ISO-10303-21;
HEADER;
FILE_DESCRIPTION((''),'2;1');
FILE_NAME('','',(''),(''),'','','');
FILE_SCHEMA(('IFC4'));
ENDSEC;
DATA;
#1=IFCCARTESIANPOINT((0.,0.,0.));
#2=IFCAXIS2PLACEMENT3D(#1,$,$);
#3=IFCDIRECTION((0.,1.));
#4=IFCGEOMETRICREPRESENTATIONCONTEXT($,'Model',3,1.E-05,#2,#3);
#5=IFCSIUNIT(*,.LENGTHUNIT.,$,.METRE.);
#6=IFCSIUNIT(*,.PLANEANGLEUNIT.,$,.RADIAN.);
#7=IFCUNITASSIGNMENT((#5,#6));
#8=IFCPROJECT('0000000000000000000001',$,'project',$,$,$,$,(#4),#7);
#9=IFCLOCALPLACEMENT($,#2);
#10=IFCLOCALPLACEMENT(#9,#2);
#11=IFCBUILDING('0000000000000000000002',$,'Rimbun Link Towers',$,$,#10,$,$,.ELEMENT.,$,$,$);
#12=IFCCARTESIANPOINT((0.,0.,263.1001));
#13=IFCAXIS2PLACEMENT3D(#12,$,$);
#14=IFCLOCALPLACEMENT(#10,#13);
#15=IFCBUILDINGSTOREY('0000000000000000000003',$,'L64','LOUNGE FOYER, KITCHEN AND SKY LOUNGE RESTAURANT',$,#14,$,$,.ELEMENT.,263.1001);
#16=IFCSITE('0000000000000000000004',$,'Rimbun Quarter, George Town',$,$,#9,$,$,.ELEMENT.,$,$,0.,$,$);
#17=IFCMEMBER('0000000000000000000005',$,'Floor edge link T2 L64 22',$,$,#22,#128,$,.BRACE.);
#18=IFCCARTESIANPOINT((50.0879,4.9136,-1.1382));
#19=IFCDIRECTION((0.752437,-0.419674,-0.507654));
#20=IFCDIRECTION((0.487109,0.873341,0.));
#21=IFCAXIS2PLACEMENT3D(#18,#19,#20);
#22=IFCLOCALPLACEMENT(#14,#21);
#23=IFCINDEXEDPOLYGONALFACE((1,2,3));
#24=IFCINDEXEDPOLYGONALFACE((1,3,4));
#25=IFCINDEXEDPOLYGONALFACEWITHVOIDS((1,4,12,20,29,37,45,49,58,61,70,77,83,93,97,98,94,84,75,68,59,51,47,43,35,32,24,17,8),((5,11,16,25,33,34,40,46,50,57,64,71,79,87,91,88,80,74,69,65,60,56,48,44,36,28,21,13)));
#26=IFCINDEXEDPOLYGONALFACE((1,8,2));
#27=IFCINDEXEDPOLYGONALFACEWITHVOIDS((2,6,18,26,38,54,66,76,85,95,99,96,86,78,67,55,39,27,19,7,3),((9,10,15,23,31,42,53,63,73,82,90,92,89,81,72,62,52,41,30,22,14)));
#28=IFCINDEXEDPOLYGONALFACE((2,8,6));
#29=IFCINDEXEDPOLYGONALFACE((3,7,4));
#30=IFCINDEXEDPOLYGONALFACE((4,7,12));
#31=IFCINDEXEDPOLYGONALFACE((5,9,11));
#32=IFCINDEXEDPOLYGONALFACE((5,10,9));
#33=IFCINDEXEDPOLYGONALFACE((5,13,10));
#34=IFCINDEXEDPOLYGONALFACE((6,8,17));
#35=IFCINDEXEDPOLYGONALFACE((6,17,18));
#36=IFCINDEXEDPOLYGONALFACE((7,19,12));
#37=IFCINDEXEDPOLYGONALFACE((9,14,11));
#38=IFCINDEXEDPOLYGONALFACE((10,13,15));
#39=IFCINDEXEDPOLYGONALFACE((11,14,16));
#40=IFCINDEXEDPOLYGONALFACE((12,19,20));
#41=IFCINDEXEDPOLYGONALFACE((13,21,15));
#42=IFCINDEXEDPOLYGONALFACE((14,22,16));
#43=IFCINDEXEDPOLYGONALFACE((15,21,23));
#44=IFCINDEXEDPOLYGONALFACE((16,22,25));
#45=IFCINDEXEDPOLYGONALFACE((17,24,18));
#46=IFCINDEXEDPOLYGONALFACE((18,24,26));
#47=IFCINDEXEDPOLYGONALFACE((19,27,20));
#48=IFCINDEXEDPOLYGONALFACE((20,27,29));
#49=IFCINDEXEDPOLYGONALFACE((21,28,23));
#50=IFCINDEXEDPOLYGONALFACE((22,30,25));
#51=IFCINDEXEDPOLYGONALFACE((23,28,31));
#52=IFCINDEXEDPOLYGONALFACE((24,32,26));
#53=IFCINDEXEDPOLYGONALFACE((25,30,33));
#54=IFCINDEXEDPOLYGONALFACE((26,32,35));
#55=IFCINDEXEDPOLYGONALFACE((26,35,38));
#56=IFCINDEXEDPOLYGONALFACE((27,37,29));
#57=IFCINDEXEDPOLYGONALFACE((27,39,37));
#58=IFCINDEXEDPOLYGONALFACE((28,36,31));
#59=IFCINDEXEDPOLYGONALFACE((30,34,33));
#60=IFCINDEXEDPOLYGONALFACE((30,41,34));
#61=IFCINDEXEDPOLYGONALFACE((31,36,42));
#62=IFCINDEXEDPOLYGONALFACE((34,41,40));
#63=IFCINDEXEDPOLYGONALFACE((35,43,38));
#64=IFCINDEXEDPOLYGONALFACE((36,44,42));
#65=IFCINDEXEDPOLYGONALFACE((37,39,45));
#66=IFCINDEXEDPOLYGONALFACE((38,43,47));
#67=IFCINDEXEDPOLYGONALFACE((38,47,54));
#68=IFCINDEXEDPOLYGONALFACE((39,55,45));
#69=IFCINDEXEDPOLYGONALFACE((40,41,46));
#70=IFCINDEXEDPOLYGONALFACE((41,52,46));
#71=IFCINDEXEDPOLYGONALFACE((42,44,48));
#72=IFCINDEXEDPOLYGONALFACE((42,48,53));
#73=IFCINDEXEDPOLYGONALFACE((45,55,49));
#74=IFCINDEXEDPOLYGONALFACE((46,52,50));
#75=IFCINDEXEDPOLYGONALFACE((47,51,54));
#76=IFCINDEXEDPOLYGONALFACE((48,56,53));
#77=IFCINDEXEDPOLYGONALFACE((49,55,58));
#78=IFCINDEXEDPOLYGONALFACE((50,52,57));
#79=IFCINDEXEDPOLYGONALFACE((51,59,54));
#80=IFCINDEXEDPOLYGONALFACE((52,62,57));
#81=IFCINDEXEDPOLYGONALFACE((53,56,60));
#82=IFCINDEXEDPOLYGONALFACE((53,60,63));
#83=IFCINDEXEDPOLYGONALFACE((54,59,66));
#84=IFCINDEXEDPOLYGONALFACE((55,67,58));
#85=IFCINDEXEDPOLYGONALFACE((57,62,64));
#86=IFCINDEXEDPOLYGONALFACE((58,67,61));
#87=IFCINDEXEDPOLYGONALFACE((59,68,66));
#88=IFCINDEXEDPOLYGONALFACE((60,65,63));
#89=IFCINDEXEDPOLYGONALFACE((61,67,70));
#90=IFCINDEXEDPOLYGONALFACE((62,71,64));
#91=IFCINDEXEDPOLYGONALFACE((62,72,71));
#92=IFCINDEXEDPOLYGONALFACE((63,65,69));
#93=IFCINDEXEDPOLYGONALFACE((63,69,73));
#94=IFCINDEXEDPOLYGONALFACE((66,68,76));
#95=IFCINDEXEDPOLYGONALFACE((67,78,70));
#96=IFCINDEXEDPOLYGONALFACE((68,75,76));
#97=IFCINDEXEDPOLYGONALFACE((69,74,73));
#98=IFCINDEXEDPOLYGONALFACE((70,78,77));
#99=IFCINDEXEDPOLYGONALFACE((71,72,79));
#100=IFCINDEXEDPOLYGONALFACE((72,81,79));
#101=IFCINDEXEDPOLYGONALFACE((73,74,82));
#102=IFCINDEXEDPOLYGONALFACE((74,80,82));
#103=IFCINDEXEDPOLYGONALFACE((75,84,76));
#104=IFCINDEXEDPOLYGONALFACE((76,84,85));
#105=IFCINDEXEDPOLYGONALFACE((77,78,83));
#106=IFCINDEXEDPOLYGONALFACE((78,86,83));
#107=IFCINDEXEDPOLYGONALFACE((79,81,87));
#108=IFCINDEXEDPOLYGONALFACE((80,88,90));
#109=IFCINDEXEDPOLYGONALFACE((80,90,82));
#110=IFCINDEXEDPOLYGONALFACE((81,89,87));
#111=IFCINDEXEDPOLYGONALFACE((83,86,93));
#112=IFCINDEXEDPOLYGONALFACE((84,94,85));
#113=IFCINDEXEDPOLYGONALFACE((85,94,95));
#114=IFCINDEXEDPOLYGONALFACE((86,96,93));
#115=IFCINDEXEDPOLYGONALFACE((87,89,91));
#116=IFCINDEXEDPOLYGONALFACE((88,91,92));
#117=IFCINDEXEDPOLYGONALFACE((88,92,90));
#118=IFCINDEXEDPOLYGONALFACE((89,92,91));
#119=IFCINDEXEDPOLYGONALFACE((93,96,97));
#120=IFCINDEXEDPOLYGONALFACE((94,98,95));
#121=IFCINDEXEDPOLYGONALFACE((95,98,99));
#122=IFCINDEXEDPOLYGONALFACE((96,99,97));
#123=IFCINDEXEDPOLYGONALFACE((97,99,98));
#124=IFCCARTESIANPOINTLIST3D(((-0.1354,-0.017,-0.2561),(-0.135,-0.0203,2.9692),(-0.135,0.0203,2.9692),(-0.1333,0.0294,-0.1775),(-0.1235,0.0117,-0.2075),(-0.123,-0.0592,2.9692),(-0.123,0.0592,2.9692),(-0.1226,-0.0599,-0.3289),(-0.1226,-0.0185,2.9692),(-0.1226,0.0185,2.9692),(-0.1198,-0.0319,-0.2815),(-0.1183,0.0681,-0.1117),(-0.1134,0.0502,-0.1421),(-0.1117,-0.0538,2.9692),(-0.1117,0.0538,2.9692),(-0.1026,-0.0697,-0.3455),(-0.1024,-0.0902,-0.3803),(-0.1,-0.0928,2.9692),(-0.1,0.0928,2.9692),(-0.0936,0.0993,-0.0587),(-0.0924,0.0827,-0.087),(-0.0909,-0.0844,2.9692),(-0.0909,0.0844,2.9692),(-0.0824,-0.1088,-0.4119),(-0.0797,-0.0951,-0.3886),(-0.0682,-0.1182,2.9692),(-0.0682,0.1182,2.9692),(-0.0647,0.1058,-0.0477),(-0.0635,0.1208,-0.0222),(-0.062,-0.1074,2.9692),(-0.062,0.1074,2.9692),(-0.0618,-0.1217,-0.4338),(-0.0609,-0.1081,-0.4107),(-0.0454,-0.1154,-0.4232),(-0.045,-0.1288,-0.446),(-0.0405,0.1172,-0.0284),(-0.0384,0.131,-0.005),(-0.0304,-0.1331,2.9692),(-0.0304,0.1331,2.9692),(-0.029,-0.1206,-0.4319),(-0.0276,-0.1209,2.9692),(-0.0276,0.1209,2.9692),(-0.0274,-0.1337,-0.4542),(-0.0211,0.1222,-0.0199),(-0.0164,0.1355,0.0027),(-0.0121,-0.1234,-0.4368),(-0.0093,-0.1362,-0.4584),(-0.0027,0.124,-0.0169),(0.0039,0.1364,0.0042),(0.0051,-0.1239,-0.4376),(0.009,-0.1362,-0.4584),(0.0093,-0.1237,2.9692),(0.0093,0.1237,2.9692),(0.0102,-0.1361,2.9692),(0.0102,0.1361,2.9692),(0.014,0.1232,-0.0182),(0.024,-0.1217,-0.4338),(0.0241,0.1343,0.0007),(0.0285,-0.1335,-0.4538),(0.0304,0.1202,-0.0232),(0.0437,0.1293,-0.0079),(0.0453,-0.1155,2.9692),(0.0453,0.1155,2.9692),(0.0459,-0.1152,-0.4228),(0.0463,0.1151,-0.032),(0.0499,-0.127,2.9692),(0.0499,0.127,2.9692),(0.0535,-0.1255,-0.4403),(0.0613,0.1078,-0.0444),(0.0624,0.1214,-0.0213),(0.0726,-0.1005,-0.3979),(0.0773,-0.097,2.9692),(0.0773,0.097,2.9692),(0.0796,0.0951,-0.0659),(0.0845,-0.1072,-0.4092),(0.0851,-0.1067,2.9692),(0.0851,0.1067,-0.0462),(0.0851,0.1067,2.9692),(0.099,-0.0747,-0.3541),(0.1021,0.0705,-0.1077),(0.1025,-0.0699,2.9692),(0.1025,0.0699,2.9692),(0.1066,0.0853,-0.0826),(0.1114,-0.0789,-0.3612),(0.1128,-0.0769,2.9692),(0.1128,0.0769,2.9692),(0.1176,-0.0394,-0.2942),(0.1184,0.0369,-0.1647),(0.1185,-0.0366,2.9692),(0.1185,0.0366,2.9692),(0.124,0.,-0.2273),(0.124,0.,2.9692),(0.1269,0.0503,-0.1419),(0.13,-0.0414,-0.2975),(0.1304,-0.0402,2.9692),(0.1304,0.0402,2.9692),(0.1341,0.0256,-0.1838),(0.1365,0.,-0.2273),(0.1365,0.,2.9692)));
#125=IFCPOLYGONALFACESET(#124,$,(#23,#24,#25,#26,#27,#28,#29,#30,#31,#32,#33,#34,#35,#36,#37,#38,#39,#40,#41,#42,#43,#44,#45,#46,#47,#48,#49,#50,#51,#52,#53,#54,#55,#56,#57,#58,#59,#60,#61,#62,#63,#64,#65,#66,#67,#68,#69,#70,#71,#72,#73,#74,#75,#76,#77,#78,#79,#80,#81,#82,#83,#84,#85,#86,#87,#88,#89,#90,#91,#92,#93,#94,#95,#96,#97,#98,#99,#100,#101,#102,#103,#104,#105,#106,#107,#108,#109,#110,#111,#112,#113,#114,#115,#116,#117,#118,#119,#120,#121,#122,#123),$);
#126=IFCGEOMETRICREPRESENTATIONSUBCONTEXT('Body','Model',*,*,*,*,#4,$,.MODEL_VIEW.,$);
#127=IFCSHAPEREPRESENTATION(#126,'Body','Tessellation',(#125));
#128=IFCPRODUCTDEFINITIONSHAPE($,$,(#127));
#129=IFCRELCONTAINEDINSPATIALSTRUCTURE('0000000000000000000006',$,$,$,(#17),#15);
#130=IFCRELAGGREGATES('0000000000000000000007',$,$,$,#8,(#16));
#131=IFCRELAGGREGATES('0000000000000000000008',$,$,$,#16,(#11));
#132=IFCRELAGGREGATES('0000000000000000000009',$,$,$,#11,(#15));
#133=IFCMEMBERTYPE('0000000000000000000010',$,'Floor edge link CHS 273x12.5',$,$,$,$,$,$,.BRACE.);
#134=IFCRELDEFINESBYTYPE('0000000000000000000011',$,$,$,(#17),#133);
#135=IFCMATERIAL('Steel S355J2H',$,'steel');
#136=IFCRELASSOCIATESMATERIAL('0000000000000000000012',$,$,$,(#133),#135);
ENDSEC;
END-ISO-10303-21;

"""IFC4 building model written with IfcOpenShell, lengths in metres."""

from ifc_helpers import new_model, si_unit, direction, frame, origin, origin_2d, place, context, subcontext, project, spatial, hollow_circle, extrude, clip, halfspace, material, material_profile, profile_set, type_object, element, save


model = new_model("IFC4")

# Units and contexts
model_context = context("Model", 3, precision=1e-05, world=origin(), true_north=direction((0.0, 1.0)))
body_context = subcontext(model_context, "Body", "Model", "MODEL_VIEW")
ifc_project = project(units=[si_unit("LENGTHUNIT", "METRE"), si_unit("PLANEANGLEUNIT", "RADIAN")], contexts=[model_context])

# Site, building, storey
site_placement = place(None, origin())
site = spatial("IfcSite", under=ifc_project, at=site_placement, Name="Rimbun Quarter, George Town", CompositionType="ELEMENT", RefElevation=0.0)
building_placement = place(site_placement, origin())
building = spatial("IfcBuilding", under=site, at=building_placement, Name="Rimbun Link Towers", CompositionType="ELEMENT")
storey_placement = place(building_placement, frame((0.0, 0.0, 263.1001)))
storey = spatial("IfcBuildingStorey", under=building, at=storey_placement, Name="L64", Description="LOUNGE FOYER, KITCHEN AND SKY LOUNGE RESTAURANT", CompositionType="ELEMENT", Elevation=263.1001)

# Member
ifc_material_1 = material(Name="Steel S355J2H", Category="steel")
ifc_material_profile_1 = material_profile(ifc_material_1, hollow_circle(Radius=0.1365, WallThickness=0.0125, at=origin_2d()), Name="CHS 273x12.5")
ifc_profile_set_1 = profile_set([ifc_material_profile_1], Name="Steel S355J2H")
member_type_1 = type_object("IfcMemberType", Name="Floor edge link CHS 273x12.5", PredefinedType="BRACE", material=ifc_profile_set_1)
member_1_placement = place(storey_placement, frame((50.0879, 4.9136, -1.1382), z_axis=(0.752437, -0.419674, -0.507654), x_axis=(0.487109, 0.873341, 0.0)))
element("IfcMember", 1, at=member_1_placement, inside=storey, type_object=member_type_1, Name="Floor edge link T2 L64 22", PredefinedType="BRACE", context=body_context, shape_type="Clipping", body=[
    clip(extrude(hollow_circle(Radius=0.1365, WallThickness=0.0125, at=origin_2d()), frame((0.0, 0.0, -0.4829)), (0.0, 0.0, 1.0), 3.4521), halfspace(frame((0.0, 0.0, -0.2273), z_axis=(0.0, 0.861561, -0.507654)), False)),
])

save(model, "model.ifc")
